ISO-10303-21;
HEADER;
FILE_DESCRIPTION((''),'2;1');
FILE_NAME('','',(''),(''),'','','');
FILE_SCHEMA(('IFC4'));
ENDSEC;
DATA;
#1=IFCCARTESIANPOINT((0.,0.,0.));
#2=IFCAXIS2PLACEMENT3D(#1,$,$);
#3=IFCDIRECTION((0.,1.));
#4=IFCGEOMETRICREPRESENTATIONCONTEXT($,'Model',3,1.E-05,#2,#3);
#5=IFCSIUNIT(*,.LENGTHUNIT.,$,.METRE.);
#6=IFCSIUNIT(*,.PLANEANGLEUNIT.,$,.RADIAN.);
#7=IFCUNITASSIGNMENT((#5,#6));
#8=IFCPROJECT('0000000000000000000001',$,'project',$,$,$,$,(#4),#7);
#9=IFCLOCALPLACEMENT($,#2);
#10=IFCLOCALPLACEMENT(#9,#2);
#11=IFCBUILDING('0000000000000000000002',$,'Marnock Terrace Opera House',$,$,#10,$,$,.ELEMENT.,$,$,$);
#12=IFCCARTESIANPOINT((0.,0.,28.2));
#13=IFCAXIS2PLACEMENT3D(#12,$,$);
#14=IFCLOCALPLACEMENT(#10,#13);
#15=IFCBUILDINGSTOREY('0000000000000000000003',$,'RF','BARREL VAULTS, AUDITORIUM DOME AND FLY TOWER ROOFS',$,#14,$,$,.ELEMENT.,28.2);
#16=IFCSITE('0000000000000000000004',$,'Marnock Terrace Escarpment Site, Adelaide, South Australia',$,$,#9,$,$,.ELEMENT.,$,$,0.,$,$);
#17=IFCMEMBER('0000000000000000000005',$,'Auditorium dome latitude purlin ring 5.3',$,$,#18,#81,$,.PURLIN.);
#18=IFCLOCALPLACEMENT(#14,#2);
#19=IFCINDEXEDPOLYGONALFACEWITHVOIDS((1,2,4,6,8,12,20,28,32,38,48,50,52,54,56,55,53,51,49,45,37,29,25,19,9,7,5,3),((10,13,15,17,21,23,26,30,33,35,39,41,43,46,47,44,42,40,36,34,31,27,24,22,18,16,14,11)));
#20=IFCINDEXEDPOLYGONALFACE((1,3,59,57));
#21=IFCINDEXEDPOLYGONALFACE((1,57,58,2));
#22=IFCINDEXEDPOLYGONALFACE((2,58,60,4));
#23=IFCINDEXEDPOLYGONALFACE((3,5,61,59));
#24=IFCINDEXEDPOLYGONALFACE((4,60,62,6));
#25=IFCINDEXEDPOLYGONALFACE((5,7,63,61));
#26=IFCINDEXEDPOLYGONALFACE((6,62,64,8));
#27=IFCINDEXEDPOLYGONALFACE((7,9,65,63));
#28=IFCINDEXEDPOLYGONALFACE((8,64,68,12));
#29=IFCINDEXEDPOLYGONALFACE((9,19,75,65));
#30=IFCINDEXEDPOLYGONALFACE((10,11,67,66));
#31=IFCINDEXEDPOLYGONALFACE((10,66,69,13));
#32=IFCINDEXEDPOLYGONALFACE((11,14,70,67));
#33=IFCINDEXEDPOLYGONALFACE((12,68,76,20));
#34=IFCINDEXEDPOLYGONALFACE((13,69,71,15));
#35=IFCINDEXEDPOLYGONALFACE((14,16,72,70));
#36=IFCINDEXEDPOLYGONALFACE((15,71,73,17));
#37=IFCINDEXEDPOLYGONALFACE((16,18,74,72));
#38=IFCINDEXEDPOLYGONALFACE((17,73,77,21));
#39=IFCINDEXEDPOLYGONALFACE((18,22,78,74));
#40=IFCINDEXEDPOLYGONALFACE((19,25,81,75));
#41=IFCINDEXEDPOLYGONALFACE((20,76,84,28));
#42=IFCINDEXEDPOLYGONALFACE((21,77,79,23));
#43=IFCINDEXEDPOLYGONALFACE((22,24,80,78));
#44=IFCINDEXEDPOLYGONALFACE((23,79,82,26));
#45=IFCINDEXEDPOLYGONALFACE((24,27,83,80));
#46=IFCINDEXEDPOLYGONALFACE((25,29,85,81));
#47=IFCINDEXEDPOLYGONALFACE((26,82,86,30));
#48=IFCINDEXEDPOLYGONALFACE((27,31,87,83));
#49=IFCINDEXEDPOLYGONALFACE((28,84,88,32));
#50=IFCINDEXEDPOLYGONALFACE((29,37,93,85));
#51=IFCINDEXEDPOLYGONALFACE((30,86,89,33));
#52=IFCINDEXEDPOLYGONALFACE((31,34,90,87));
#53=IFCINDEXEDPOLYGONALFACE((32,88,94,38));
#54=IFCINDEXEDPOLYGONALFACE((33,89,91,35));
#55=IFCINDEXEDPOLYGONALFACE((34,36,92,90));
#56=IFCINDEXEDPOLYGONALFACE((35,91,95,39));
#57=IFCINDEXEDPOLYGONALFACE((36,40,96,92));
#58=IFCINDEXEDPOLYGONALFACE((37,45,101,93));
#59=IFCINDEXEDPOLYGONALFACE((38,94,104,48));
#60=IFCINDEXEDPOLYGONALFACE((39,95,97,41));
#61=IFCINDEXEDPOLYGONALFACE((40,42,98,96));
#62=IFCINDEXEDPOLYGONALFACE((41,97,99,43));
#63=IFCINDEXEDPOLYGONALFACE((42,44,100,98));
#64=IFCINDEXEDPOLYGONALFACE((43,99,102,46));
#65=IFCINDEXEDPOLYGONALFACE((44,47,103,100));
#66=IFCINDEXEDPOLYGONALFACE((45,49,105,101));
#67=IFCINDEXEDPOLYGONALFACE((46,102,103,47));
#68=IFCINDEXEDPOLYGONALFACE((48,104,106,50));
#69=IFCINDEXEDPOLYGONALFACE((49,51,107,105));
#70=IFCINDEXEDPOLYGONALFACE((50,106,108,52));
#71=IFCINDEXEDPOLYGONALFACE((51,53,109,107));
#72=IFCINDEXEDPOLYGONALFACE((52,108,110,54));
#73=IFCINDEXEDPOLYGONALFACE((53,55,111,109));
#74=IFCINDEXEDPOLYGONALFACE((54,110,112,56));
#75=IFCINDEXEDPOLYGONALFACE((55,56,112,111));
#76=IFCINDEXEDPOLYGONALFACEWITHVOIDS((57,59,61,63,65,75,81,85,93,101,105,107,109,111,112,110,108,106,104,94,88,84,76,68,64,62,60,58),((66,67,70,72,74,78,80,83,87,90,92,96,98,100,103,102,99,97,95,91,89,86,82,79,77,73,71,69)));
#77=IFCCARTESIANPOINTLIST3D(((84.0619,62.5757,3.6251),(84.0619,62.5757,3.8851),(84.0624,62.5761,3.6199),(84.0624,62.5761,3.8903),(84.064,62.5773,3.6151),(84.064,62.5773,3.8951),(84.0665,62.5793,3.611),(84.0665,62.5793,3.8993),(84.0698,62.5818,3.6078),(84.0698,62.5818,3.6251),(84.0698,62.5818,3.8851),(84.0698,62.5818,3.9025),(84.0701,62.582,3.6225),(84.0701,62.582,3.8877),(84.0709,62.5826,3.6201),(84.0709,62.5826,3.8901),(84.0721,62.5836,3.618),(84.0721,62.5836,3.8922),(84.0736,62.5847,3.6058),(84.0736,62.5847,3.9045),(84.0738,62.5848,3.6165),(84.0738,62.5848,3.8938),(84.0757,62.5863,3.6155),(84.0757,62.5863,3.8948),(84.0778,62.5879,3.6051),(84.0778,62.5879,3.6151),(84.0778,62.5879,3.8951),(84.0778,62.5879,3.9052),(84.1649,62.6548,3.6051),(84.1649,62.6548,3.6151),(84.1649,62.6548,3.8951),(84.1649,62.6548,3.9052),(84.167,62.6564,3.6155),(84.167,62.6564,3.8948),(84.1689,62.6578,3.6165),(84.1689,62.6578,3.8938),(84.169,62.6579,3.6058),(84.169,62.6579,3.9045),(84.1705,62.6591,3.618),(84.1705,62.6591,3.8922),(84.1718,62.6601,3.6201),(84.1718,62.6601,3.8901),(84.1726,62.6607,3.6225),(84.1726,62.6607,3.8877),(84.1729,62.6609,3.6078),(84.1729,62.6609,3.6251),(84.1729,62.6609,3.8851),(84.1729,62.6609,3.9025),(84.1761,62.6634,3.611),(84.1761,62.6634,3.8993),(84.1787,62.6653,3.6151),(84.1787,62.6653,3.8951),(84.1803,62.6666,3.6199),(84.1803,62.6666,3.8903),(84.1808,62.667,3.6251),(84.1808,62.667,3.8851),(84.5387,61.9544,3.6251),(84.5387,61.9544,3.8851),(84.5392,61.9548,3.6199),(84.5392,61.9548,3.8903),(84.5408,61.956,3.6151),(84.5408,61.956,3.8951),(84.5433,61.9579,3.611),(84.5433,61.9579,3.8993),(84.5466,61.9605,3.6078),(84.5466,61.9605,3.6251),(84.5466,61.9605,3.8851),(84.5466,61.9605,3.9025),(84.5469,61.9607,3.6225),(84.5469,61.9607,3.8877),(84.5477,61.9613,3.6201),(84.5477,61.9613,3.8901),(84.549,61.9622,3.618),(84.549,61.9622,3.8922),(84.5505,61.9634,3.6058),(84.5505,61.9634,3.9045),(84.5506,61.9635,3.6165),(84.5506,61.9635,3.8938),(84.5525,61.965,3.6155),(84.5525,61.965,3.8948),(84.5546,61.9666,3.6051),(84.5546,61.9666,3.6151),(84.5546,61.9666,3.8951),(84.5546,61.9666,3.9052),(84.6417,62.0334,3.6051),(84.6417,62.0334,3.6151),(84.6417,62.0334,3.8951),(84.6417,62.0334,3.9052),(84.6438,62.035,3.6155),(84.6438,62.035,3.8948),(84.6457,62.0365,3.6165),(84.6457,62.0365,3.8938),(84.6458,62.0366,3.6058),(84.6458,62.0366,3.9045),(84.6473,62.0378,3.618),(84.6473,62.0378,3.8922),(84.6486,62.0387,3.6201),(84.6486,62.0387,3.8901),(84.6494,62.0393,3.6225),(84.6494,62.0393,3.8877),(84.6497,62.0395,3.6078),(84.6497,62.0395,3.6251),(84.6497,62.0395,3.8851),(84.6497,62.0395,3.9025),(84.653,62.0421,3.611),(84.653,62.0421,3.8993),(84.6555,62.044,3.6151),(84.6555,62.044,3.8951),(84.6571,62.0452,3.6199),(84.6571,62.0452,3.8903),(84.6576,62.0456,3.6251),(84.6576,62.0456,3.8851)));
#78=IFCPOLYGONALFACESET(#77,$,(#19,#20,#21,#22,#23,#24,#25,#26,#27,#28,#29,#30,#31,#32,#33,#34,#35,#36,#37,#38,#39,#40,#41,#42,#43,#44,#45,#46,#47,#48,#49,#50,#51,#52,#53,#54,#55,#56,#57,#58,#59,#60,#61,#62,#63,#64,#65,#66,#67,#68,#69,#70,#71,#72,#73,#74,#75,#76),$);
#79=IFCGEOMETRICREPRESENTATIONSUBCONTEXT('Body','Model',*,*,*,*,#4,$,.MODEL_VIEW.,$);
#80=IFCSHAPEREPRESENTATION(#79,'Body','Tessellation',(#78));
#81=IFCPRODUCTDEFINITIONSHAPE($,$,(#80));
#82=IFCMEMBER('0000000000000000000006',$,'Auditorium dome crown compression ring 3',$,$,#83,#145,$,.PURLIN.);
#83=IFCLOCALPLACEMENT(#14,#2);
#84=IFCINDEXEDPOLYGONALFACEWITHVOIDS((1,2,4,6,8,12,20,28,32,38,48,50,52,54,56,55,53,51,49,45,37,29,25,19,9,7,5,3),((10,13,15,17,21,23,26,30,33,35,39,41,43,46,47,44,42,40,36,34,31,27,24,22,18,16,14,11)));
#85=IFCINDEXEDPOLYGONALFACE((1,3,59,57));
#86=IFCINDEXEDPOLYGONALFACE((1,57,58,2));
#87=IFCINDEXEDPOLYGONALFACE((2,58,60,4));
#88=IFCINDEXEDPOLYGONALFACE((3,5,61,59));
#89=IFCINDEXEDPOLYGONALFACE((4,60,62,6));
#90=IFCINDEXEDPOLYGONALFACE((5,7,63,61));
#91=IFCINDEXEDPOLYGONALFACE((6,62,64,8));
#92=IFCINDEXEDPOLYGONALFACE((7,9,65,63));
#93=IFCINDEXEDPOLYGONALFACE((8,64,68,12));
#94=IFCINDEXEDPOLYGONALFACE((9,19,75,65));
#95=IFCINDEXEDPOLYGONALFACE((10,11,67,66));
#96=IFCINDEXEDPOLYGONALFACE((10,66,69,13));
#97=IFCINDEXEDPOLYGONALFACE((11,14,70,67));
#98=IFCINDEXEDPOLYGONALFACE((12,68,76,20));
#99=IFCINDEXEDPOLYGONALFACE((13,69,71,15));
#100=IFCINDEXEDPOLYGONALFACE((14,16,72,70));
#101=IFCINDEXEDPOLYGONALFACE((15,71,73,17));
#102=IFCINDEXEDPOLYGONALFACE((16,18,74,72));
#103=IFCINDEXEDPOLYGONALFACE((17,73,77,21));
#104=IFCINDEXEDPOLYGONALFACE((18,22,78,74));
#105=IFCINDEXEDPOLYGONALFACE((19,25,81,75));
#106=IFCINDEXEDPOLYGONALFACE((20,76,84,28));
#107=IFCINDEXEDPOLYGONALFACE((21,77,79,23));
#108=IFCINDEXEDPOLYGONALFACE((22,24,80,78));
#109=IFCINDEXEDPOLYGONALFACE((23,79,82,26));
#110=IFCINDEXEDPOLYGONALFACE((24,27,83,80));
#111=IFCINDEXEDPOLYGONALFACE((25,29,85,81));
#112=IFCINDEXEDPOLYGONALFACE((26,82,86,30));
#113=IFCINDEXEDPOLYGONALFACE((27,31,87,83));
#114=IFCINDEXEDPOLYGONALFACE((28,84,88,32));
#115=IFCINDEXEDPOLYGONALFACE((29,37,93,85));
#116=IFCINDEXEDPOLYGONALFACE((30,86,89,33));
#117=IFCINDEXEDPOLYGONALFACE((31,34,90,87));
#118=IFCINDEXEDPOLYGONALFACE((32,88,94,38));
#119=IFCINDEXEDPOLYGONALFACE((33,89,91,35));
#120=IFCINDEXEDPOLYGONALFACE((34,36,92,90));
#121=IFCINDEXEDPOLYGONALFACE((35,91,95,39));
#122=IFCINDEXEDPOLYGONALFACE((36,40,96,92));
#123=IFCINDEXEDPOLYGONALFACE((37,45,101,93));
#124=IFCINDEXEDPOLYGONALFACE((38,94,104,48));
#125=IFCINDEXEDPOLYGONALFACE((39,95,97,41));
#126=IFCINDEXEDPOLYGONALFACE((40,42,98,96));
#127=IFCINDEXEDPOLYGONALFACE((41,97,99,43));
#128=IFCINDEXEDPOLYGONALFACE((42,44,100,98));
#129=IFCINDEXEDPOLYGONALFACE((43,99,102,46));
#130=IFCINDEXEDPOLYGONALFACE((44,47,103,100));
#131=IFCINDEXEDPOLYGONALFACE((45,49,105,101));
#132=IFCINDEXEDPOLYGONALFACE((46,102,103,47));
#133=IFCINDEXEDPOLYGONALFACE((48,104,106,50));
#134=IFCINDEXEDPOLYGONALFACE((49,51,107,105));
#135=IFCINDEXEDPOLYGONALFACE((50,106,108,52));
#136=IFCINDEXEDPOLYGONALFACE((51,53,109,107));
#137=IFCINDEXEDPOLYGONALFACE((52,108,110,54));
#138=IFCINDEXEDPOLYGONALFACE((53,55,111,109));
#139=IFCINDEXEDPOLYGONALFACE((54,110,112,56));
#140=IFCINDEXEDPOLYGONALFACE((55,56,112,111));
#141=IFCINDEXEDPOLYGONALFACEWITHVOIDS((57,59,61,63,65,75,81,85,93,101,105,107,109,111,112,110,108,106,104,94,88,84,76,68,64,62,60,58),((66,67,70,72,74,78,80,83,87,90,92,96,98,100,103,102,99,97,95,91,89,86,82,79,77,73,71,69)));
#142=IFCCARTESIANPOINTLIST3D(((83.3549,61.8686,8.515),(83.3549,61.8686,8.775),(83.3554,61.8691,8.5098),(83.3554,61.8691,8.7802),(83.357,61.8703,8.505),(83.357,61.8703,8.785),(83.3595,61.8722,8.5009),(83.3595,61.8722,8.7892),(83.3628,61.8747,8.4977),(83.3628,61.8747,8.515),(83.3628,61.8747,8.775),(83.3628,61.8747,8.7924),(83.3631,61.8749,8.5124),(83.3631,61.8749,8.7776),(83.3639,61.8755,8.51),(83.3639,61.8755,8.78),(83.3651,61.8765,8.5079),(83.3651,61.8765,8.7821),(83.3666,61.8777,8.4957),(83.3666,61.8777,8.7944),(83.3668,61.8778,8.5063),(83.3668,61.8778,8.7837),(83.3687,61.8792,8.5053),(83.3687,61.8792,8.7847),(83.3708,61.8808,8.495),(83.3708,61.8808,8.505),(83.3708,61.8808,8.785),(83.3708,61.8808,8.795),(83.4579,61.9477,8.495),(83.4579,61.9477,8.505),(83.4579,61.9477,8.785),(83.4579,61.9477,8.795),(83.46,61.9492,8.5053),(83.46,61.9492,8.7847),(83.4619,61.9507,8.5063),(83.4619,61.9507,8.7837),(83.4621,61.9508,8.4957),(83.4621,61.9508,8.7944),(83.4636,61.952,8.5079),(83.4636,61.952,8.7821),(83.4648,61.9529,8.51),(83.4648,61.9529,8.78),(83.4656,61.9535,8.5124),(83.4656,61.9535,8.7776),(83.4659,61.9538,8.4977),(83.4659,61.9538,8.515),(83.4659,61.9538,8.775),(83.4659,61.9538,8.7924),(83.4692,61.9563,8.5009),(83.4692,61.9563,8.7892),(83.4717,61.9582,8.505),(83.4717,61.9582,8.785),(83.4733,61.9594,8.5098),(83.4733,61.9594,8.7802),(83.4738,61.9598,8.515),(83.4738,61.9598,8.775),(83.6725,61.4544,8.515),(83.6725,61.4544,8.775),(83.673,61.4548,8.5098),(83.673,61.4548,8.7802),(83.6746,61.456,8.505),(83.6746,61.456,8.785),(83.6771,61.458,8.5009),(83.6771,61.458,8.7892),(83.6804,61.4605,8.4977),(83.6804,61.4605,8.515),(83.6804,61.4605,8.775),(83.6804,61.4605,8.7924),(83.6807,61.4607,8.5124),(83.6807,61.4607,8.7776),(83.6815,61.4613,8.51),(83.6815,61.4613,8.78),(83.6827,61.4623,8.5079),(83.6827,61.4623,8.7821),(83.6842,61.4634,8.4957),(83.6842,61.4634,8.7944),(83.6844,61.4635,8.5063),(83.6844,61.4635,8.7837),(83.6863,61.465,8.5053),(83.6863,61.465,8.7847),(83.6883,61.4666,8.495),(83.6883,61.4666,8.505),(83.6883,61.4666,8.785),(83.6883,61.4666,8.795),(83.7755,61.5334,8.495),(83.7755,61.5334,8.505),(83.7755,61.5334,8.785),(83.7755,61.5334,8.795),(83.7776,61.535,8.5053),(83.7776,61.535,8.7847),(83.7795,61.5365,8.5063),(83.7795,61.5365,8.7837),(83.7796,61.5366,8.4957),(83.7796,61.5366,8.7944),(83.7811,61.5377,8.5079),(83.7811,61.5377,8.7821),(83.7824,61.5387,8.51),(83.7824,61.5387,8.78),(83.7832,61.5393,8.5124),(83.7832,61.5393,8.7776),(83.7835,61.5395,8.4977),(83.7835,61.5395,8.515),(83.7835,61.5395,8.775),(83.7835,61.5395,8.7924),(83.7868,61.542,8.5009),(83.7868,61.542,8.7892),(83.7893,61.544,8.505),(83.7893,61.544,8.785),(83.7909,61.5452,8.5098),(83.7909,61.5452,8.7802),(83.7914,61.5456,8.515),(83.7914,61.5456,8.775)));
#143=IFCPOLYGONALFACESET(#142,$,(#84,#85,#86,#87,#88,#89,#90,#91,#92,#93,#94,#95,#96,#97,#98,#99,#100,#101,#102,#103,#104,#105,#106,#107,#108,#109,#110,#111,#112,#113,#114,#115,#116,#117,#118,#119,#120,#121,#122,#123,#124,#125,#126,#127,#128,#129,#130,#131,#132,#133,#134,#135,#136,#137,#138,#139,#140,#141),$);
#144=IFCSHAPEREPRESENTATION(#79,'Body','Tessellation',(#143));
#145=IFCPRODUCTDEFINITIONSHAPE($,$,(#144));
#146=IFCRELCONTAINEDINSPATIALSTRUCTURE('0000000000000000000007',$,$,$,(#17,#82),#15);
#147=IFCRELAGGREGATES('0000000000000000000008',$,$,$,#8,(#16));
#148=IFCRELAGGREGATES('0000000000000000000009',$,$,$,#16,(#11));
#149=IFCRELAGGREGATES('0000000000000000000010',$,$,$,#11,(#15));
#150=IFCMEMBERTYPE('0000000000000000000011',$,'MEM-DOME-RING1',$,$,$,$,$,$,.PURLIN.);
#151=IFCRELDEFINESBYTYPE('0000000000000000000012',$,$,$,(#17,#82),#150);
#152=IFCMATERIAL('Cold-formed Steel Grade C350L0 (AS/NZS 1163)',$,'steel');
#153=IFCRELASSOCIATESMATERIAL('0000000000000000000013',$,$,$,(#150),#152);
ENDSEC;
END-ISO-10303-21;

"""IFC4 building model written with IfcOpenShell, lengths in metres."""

from ifc_helpers import new_model, si_unit, direction, frame, origin, origin_2d, place, context, subcontext, project, spatial, hollow_rectangle, extrude, material, material_profile, profile_set, type_object, element, save


model = new_model("IFC4")

# Units and contexts
model_context = context("Model", 3, precision=1e-05, world=origin(), true_north=direction((0.0, 1.0)))
body_context = subcontext(model_context, "Body", "Model", "MODEL_VIEW")
ifc_project = project(units=[si_unit("LENGTHUNIT", "METRE"), si_unit("PLANEANGLEUNIT", "RADIAN")], contexts=[model_context])

# Site, building, storey
site_placement = place(None, origin())
site = spatial("IfcSite", under=ifc_project, at=site_placement, Name="Marnock Terrace Escarpment Site, Adelaide, South Australia", CompositionType="ELEMENT", RefElevation=0.0)
building_placement = place(site_placement, origin())
building = spatial("IfcBuilding", under=site, at=building_placement, Name="Marnock Terrace Opera House", CompositionType="ELEMENT")
storey_placement = place(building_placement, frame((0.0, 0.0, 28.2)))
storey = spatial("IfcBuildingStorey", under=building, at=storey_placement, Name="RF", Description="BARREL VAULTS, AUDITORIUM DOME AND FLY TOWER ROOFS", CompositionType="ELEMENT", Elevation=28.2)

# Members
ifc_material_1 = material(Name="Cold-formed Steel Grade C350L0 (AS/NZS 1163)", Category="steel")
ifc_material_profile_1 = material_profile(ifc_material_1, hollow_rectangle(XDim=0.1499, YDim=0.3, WallThickness=0.01, InnerFilletRadius=0.01, OuterFilletRadius=0.02, at=origin_2d()))
ifc_profile_set_1 = profile_set([ifc_material_profile_1], Name="Cold-formed Steel Grade C350L0 (AS/NZS 1163)")
member_type_1 = type_object("IfcMemberType", Name="MEM-DOME-RING1", PredefinedType="PURLIN", material=ifc_profile_set_1)
member_1_placement = place(storey_placement, frame((84.5981, 62.0, 3.7551), z_axis=(-0.608791, 0.79333, 0.0), x_axis=(-0.79333, -0.608791, 0.0)))
element("IfcMember", 1, at=member_1_placement, inside=storey, type_object=member_type_1, Name="Auditorium dome latitude purlin ring 5.3", PredefinedType="PURLIN", context=body_context, shape_type="SweptSolid", body=[
    extrude(hollow_rectangle(XDim=0.1499, YDim=0.3, WallThickness=0.01, InnerFilletRadius=0.01, OuterFilletRadius=0.02, at=origin_2d()), origin(), (0.0, 0.0, 1.0), 0.7832),
])
member_2_placement = place(storey_placement, frame((83.7319, 61.5, 8.645), z_axis=(-0.608422, 0.793614, 0.0), x_axis=(-0.793614, -0.608422, 0.0)))
element("IfcMember", 2, at=member_2_placement, inside=storey, type_object=member_type_1, Name="Auditorium dome crown compression ring 3", PredefinedType="PURLIN", context=body_context, shape_type="SweptSolid", body=[
    extrude(hollow_rectangle(XDim=0.1499, YDim=0.3, WallThickness=0.01, InnerFilletRadius=0.01, OuterFilletRadius=0.02, at=origin_2d()), origin(), (0.0, 0.0, 1.0), 0.522),
])

save(model, "model.ifc")
